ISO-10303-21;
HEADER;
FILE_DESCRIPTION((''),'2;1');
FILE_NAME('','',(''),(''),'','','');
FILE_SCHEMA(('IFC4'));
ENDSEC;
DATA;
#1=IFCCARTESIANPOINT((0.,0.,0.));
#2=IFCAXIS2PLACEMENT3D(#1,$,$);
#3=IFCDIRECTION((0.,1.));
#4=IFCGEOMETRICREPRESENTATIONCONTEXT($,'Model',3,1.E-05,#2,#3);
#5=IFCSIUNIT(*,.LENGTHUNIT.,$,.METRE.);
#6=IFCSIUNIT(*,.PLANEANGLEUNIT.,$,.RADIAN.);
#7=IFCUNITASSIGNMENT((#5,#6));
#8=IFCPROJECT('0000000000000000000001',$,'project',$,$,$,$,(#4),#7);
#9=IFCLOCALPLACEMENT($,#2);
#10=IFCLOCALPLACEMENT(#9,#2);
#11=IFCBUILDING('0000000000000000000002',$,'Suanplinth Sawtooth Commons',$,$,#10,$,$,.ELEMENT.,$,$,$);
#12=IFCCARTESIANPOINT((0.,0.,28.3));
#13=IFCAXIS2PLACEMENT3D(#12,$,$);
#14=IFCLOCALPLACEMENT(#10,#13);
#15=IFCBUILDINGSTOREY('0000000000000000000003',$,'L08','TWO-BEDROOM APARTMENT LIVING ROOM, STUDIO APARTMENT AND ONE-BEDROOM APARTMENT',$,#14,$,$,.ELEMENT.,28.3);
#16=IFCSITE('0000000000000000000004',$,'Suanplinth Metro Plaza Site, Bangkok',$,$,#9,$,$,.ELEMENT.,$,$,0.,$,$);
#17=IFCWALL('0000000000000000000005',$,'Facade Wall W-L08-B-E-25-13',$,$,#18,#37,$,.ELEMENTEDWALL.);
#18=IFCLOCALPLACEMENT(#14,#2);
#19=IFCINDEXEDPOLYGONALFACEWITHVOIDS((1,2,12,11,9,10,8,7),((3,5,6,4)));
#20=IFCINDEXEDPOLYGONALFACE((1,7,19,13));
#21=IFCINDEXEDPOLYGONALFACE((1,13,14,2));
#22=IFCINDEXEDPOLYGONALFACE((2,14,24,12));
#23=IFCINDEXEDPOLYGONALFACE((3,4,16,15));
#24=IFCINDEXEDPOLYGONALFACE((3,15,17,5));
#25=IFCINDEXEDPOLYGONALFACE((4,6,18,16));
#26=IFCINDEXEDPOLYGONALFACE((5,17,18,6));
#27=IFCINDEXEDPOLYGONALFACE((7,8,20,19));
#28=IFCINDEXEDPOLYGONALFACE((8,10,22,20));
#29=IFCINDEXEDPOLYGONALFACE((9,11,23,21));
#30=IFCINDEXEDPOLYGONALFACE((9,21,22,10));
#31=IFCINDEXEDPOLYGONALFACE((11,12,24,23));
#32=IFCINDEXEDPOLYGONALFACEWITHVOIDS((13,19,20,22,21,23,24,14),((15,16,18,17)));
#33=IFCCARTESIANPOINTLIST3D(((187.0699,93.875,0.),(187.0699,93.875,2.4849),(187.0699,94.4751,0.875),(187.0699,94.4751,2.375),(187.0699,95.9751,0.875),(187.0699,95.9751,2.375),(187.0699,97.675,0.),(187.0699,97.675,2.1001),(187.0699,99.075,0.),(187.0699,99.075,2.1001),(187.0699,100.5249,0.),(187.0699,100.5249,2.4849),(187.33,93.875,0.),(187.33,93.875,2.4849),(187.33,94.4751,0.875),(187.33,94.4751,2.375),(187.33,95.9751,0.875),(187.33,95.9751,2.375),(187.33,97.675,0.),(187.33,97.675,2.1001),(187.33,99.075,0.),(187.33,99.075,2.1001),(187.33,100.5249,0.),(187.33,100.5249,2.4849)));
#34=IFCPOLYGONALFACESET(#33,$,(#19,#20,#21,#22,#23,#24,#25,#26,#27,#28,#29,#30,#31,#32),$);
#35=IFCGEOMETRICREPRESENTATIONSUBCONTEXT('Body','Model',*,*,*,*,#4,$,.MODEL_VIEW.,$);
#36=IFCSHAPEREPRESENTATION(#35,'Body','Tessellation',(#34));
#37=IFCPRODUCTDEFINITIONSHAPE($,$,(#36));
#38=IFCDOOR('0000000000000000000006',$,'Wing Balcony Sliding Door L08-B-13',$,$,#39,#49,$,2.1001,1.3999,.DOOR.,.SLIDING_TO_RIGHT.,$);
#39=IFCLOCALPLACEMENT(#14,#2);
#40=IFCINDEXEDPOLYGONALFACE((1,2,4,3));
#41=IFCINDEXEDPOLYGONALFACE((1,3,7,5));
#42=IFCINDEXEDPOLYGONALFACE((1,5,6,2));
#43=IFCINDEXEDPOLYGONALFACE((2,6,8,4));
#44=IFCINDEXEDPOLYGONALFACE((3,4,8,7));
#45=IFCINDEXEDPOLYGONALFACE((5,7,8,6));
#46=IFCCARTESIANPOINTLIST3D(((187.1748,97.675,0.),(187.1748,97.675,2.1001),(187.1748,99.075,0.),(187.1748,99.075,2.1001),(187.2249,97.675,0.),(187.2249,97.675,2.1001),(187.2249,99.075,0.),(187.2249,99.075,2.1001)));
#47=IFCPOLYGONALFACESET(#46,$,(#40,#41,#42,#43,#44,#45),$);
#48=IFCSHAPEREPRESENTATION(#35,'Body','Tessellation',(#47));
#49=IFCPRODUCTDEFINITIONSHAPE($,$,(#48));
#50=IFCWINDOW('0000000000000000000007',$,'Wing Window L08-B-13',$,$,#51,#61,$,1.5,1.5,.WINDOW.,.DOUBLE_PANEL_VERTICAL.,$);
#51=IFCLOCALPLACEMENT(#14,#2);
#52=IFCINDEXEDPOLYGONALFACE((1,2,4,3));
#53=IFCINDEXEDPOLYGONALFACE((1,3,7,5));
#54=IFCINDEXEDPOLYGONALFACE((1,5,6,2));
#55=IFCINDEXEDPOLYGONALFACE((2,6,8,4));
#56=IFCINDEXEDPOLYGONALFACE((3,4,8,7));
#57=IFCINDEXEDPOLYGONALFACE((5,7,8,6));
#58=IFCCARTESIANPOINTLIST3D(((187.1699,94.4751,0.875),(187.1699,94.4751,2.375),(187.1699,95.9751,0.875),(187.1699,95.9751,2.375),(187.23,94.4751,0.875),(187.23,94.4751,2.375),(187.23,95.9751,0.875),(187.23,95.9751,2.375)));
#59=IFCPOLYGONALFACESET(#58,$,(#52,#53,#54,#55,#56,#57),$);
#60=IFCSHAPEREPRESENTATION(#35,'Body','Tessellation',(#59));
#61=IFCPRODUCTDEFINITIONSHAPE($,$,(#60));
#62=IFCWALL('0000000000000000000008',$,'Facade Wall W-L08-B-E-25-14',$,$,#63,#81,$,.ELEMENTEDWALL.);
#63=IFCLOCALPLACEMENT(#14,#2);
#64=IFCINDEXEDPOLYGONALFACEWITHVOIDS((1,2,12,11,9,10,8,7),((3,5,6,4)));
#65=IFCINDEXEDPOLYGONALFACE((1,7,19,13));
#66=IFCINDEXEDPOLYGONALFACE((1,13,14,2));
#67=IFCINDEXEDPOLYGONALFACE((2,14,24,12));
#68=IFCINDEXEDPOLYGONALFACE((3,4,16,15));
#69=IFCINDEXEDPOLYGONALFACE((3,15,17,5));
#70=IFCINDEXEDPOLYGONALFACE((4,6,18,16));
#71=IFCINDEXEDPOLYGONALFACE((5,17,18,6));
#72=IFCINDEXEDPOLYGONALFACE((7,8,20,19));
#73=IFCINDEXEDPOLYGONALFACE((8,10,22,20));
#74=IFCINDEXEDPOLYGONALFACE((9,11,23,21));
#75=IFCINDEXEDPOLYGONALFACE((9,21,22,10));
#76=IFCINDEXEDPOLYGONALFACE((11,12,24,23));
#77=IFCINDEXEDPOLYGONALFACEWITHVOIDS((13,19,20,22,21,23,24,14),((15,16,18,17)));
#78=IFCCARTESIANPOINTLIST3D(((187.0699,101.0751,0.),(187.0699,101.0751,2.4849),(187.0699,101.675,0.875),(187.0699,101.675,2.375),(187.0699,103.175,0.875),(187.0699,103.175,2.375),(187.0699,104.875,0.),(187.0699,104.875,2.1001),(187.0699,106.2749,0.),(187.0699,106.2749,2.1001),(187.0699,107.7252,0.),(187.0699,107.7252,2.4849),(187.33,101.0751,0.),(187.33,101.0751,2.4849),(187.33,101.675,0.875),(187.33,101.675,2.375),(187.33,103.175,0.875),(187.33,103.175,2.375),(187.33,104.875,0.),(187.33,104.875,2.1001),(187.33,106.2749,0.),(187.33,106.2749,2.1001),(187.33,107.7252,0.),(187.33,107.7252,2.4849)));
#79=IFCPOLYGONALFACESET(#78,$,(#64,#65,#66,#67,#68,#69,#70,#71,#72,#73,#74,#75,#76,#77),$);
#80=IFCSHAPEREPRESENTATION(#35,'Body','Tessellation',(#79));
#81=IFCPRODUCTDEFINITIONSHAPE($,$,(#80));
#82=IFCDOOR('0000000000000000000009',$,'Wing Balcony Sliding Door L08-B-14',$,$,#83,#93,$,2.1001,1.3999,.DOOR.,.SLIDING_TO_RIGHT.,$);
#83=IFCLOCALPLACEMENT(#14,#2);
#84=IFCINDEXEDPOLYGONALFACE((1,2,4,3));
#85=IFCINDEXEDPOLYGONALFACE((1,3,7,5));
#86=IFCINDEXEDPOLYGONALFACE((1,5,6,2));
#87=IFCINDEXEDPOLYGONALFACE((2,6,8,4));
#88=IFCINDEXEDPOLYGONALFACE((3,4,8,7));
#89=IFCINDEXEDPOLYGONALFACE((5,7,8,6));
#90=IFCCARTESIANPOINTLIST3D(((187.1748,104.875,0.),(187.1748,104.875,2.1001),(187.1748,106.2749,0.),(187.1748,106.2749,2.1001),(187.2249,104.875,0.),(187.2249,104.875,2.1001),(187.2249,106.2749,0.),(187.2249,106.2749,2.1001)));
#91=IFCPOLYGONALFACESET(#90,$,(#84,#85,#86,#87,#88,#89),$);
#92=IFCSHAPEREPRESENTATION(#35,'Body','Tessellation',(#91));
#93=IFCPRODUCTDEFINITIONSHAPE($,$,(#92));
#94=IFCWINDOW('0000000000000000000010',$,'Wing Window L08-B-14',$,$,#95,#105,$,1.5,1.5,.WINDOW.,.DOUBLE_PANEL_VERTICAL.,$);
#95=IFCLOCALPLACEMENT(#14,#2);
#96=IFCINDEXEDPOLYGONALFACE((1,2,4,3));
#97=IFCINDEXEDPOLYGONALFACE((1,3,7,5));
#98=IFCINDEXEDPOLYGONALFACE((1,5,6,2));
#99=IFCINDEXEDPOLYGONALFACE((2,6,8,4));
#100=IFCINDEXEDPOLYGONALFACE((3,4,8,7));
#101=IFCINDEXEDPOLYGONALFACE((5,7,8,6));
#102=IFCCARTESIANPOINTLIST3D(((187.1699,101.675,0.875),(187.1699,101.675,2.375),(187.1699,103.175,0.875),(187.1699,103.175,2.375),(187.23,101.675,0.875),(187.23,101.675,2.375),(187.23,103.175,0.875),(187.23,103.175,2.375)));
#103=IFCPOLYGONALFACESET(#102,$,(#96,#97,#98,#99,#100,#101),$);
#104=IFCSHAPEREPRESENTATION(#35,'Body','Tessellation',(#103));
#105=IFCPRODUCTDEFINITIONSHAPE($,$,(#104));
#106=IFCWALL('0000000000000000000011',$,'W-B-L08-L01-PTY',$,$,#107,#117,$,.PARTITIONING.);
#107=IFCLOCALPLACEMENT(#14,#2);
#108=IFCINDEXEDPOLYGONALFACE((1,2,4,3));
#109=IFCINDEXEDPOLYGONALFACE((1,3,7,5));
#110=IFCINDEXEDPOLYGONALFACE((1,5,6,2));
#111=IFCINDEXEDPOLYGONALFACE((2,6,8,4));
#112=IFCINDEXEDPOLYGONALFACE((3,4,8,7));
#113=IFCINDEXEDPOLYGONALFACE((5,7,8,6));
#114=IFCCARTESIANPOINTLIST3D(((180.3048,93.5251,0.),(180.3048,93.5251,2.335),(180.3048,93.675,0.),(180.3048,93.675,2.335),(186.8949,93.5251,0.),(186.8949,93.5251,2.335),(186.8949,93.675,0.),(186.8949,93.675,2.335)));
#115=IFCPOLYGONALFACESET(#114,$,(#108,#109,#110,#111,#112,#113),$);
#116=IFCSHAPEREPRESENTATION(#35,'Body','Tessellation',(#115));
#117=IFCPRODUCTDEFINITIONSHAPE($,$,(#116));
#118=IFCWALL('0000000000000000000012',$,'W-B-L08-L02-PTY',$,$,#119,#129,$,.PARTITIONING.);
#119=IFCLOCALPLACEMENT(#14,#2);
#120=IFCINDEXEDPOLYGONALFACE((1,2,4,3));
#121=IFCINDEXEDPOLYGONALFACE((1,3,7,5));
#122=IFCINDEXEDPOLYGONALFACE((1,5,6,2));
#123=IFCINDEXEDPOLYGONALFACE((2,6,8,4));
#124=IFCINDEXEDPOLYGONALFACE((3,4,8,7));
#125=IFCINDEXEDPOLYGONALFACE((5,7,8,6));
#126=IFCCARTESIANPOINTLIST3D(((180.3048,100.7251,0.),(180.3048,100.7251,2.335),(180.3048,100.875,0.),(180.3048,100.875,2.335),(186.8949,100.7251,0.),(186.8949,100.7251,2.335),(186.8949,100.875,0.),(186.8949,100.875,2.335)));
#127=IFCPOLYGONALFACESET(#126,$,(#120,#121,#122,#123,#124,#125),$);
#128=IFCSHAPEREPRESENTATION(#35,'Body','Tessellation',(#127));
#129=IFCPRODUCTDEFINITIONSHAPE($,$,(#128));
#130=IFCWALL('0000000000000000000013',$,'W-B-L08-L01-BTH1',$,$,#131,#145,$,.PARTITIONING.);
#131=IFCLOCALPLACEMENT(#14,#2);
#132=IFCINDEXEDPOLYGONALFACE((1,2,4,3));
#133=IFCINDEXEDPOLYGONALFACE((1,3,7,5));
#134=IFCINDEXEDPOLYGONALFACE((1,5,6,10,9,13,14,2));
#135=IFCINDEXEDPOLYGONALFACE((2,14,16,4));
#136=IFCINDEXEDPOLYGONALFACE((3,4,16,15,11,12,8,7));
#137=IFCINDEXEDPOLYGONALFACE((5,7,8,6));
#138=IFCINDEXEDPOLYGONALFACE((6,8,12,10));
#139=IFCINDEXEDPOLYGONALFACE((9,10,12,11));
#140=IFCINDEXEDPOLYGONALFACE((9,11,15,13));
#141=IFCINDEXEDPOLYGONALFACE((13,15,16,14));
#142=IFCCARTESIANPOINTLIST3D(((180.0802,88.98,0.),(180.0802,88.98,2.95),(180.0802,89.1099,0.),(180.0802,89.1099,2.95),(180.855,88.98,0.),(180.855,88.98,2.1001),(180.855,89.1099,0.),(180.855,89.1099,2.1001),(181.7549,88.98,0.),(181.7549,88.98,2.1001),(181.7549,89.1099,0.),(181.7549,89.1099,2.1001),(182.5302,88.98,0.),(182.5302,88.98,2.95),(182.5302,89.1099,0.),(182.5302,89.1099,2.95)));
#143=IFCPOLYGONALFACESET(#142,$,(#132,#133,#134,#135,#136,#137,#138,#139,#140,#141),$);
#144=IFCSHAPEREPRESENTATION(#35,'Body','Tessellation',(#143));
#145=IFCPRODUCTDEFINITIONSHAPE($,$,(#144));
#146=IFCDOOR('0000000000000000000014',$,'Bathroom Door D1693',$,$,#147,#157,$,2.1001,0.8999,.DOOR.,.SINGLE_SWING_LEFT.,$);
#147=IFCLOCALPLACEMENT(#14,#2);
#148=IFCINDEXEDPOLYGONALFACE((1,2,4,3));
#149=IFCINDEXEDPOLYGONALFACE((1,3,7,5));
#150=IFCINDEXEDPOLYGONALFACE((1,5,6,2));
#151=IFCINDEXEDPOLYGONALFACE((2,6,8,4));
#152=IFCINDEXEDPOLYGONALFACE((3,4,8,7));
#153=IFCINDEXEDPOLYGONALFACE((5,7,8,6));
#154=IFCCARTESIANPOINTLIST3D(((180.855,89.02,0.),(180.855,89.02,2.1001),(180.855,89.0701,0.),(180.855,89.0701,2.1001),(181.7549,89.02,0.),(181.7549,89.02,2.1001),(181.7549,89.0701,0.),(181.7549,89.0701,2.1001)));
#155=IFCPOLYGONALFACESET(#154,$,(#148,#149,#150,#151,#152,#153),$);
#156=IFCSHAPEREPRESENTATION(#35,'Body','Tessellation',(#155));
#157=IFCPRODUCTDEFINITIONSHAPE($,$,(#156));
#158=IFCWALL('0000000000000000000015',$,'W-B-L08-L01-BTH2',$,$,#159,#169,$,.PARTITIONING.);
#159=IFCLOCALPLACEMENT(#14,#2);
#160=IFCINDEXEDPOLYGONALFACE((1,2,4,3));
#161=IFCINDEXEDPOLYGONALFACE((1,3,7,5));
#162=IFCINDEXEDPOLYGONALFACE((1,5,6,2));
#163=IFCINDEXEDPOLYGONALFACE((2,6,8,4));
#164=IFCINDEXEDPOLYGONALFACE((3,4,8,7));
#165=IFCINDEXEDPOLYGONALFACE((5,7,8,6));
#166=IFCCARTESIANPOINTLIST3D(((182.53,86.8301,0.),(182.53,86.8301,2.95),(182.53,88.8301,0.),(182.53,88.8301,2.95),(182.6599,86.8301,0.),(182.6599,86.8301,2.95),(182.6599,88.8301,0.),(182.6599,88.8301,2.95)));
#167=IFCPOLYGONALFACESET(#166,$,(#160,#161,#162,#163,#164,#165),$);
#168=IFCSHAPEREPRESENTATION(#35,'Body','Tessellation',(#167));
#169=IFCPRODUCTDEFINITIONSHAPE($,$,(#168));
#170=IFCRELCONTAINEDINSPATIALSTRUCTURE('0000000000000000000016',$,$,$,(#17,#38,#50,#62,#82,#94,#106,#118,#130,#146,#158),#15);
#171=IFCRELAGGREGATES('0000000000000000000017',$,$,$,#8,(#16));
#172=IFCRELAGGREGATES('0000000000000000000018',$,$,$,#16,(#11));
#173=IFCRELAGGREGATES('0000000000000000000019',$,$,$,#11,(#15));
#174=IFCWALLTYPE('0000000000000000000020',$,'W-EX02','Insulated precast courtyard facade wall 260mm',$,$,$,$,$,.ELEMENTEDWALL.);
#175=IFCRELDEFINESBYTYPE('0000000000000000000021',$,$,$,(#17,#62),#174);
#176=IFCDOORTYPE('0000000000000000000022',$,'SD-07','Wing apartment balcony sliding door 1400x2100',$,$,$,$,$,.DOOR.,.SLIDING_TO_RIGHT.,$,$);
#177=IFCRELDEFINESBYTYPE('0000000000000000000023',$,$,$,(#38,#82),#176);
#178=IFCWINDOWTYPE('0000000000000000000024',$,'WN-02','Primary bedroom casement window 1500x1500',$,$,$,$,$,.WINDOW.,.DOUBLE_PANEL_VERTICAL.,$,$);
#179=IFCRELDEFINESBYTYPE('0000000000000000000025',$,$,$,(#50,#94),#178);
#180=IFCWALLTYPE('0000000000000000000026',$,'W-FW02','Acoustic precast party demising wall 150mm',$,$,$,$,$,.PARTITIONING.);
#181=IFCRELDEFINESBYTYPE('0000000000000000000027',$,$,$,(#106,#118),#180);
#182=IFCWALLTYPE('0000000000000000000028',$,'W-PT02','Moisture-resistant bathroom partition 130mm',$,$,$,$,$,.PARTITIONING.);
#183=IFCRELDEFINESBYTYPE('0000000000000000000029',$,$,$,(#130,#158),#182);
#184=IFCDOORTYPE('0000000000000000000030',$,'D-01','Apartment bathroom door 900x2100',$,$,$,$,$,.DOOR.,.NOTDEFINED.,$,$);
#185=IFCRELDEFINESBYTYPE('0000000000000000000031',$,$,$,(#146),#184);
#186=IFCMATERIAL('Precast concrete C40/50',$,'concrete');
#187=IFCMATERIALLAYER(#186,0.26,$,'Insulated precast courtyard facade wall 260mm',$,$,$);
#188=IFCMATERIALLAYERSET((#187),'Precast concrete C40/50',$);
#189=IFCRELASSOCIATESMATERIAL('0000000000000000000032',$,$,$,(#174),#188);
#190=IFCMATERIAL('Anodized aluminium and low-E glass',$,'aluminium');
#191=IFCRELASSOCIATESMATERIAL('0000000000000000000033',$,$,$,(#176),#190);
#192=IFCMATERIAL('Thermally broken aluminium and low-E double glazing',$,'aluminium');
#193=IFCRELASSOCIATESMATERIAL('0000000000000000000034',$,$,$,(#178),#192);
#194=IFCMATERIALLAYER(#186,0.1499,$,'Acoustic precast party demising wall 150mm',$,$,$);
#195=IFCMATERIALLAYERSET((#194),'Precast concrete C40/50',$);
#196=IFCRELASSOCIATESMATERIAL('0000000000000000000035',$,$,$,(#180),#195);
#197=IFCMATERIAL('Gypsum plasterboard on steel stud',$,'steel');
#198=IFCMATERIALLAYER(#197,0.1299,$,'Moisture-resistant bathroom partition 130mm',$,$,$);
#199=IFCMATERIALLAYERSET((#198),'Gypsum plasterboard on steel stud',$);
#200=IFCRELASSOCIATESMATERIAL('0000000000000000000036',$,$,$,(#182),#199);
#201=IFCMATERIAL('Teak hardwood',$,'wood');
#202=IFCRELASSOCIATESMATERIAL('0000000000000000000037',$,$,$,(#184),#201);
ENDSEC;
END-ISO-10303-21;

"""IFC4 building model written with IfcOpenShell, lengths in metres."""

from ifc_helpers import new_model, si_unit, direction, frame, frame_2d, origin, place, context, subcontext, project, spatial, rectangle, extrude, material, layer, layer_set, type_object, element, fill, save


model = new_model("IFC4")

# Units and contexts
model_context = context("Model", 3, precision=1e-05, world=origin(), true_north=direction((0.0, 1.0)))
body_context = subcontext(model_context, "Body", "Model", "MODEL_VIEW")
ifc_project = project(units=[si_unit("LENGTHUNIT", "METRE"), si_unit("PLANEANGLEUNIT", "RADIAN")], contexts=[model_context])

# Site, building, storey
site_placement = place(None, origin())
site = spatial("IfcSite", under=ifc_project, at=site_placement, Name="Suanplinth Metro Plaza Site, Bangkok", CompositionType="ELEMENT", RefElevation=0.0)
building_placement = place(site_placement, origin())
building = spatial("IfcBuilding", under=site, at=building_placement, Name="Suanplinth Sawtooth Commons", CompositionType="ELEMENT")
storey_placement = place(building_placement, frame((0.0, 0.0, 28.3)))
storey = spatial("IfcBuildingStorey", under=building, at=storey_placement, Name="L08", Description="TWO-BEDROOM APARTMENT LIVING ROOM, STUDIO APARTMENT AND ONE-BEDROOM APARTMENT", CompositionType="ELEMENT", Elevation=28.3)

# Shared definitions
ifc_material_1 = material(Name="Precast concrete C40/50", Category="concrete")

# Walls, openings, doors, windows
ifc_layer_1 = layer(ifc_material_1, 0.26, Name="Insulated precast courtyard facade wall 260mm")
ifc_layer_set_1 = layer_set([ifc_layer_1], Name="Precast concrete C40/50")
wall_type_1 = type_object("IfcWallType", Name="W-EX02", Description="Insulated precast courtyard facade wall 260mm", PredefinedType="ELEMENTEDWALL", material=ifc_layer_set_1)
wall_1_placement = place(storey_placement, frame((187.2, 93.875, 0.0), z_axis=(0.0, 0.0, 1.0), x_axis=(0.0, 1.0, 0.0)))
wall_1 = element("IfcWall", 1, at=wall_1_placement, inside=storey, type_object=wall_type_1, Name="Facade Wall W-L08-B-E-25-13", PredefinedType="ELEMENTEDWALL", context=body_context, shape_type="SweptSolid", body=[
    extrude(rectangle(XDim=6.6499, YDim=0.26, at=frame_2d((3.325, 0.0))), origin(), (0.0, 0.0, 1.0), 2.4849),
])
opening_1_placement = place(wall_1_placement, frame((3.8, 0.0, 0.0)))
opening_1 = element("IfcOpeningElement", 2, at=opening_1_placement, cuts=wall_1, PredefinedType="OPENING", context=body_context, shape_type="SweptSolid", body=[
    extrude(rectangle(XDim=1.3999, YDim=2.1001, at=frame_2d((0.7, 1.05))), frame((0.0, 0.145, 0.0), z_axis=(0.0, -1.0, 0.0), x_axis=(1.0, 0.0, 0.0)), (0.0, 0.0, 1.0), 0.2898),
])
opening_2_placement = place(wall_1_placement, frame((0.6001, 0.0, 0.875)))
opening_2 = element("IfcOpeningElement", 3, at=opening_2_placement, cuts=wall_1, PredefinedType="OPENING", context=body_context, shape_type="SweptSolid", body=[
    extrude(rectangle(XDim=1.5, YDim=1.5, at=frame_2d((0.75, 0.75))), frame((0.0, 0.145, 0.0), z_axis=(0.0, -1.0, 0.0), x_axis=(1.0, 0.0, 0.0)), (0.0, 0.0, 1.0), 0.2898),
])
ifc_material_2 = material(Name="Anodized aluminium and low-E glass", Category="aluminium")
door_type_1 = type_object("IfcDoorType", Name="SD-07", Description="Wing apartment balcony sliding door 1400x2100", OperationType="SLIDING_TO_RIGHT", PredefinedType="DOOR", material=ifc_material_2)
door_1_placement = place(opening_1_placement, frame((1.3999, 0.0, 0.0), z_axis=(0.0, 0.0, 1.0), x_axis=(-1.0, 0.0, 0.0)))
door_1 = element("IfcDoor", 4, at=door_1_placement, inside=storey, type_object=door_type_1, Name="Wing Balcony Sliding Door L08-B-13", OperationType="SLIDING_TO_RIGHT", OverallHeight=2.1001, OverallWidth=1.3999, PredefinedType="DOOR", context=body_context, shape_type="SweptSolid", body=[
    extrude(rectangle(XDim=1.3999, YDim=2.1001, at=frame_2d((0.7, 1.05))), frame((0.0, 0.0249, 0.0), z_axis=(0.0, -1.0, 0.0), x_axis=(1.0, 0.0, 0.0)), (0.0, 0.0, 1.0), 0.05),
])
fill(opening_1, door_1)
ifc_material_3 = material(Name="Thermally broken aluminium and low-E double glazing", Category="aluminium")
window_type = type_object("IfcWindowType", Name="WN-02", Description="Primary bedroom casement window 1500x1500", PartitioningType="DOUBLE_PANEL_VERTICAL", PredefinedType="WINDOW", material=ifc_material_3)
window_1_placement = place(opening_2_placement, origin())
window_1 = element("IfcWindow", 5, at=window_1_placement, inside=storey, type_object=window_type, Name="Wing Window L08-B-13", OverallHeight=1.5, OverallWidth=1.5, PartitioningType="DOUBLE_PANEL_VERTICAL", PredefinedType="WINDOW", context=body_context, shape_type="SweptSolid", body=[
    extrude(rectangle(XDim=1.5, YDim=1.5, at=frame_2d((0.75, 0.75))), frame((0.0, 0.03, 0.0), z_axis=(0.0, -1.0, 0.0), x_axis=(1.0, 0.0, 0.0)), (0.0, 0.0, 1.0), 0.0601),
])
fill(opening_2, window_1)
wall_2_placement = place(storey_placement, frame((187.2, 101.075, 0.0), z_axis=(0.0, 0.0, 1.0), x_axis=(0.0, 1.0, 0.0)))
wall_2 = element("IfcWall", 6, at=wall_2_placement, inside=storey, type_object=wall_type_1, Name="Facade Wall W-L08-B-E-25-14", PredefinedType="ELEMENTEDWALL", context=body_context, shape_type="SweptSolid", body=[
    extrude(rectangle(XDim=6.6501, YDim=0.26, at=frame_2d((3.3252, 0.0))), origin(), (0.0, 0.0, 1.0), 2.4849),
])
opening_3_placement = place(wall_2_placement, frame((3.8, 0.0, 0.0)))
opening_3 = element("IfcOpeningElement", 7, at=opening_3_placement, cuts=wall_2, PredefinedType="OPENING", context=body_context, shape_type="SweptSolid", body=[
    extrude(rectangle(XDim=1.3999, YDim=2.1001, at=frame_2d((0.7, 1.05))), frame((0.0, 0.145, 0.0), z_axis=(0.0, -1.0, 0.0), x_axis=(1.0, 0.0, 0.0)), (0.0, 0.0, 1.0), 0.2898),
])
opening_4_placement = place(wall_2_placement, frame((0.6001, 0.0, 0.875)))
opening_4 = element("IfcOpeningElement", 8, at=opening_4_placement, cuts=wall_2, PredefinedType="OPENING", context=body_context, shape_type="SweptSolid", body=[
    extrude(rectangle(XDim=1.5, YDim=1.5, at=frame_2d((0.75, 0.75))), frame((0.0, 0.145, 0.0), z_axis=(0.0, -1.0, 0.0), x_axis=(1.0, 0.0, 0.0)), (0.0, 0.0, 1.0), 0.2898),
])
door_2_placement = place(opening_3_placement, frame((1.3999, 0.0, 0.0), z_axis=(0.0, 0.0, 1.0), x_axis=(-1.0, 0.0, 0.0)))
door_2 = element("IfcDoor", 9, at=door_2_placement, inside=storey, type_object=door_type_1, Name="Wing Balcony Sliding Door L08-B-14", OperationType="SLIDING_TO_RIGHT", OverallHeight=2.1001, OverallWidth=1.3999, PredefinedType="DOOR", context=body_context, shape_type="SweptSolid", body=[
    extrude(rectangle(XDim=1.3999, YDim=2.1001, at=frame_2d((0.7, 1.05))), frame((0.0, 0.0249, 0.0), z_axis=(0.0, -1.0, 0.0), x_axis=(1.0, 0.0, 0.0)), (0.0, 0.0, 1.0), 0.05),
])
fill(opening_3, door_2)
window_2_placement = place(opening_4_placement, origin())
window_2 = element("IfcWindow", 10, at=window_2_placement, inside=storey, type_object=window_type, Name="Wing Window L08-B-14", OverallHeight=1.5, OverallWidth=1.5, PartitioningType="DOUBLE_PANEL_VERTICAL", PredefinedType="WINDOW", context=body_context, shape_type="SweptSolid", body=[
    extrude(rectangle(XDim=1.5, YDim=1.5, at=frame_2d((0.75, 0.75))), frame((0.0, 0.03, 0.0), z_axis=(0.0, -1.0, 0.0), x_axis=(1.0, 0.0, 0.0)), (0.0, 0.0, 1.0), 0.0601),
])
fill(opening_4, window_2)

# Walls
ifc_layer_2 = layer(ifc_material_1, 0.1499, Name="Acoustic precast party demising wall 150mm")
ifc_layer_set_2 = layer_set([ifc_layer_2], Name="Precast concrete C40/50")
wall_type_2 = type_object("IfcWallType", Name="W-FW02", Description="Acoustic precast party demising wall 150mm", PredefinedType="PARTITIONING", material=ifc_layer_set_2)
for number, where, z_axis, x_axis, name in (
    (11, (180.3049, 93.6001, 0.0), (0.0, 0.0, 1.0), (1.0, 0.0, 0.0), "W-B-L08-L01-PTY"),
    (12, (180.3049, 100.8, 0.0), (0.0, 0.0, 1.0), (1.0, 0.0, 0.0), "W-B-L08-L02-PTY"),
):
    element("IfcWall", number, at=place(storey_placement, frame(where, z_axis=z_axis, x_axis=x_axis)), inside=storey, type_object=wall_type_2, Name=name, PredefinedType="PARTITIONING", context=body_context, shape_type="SweptSolid", body=[
        extrude(rectangle(XDim=6.5901, YDim=0.1499, at=frame_2d((3.2949, 0.0))), origin(), (0.0, 0.0, 1.0), 2.335),
    ])

# Wall, opening, door
ifc_material_4 = material(Name="Gypsum plasterboard on steel stud", Category="steel")
ifc_layer_3 = layer(ifc_material_4, 0.1299, Name="Moisture-resistant bathroom partition 130mm")
ifc_layer_set_3 = layer_set([ifc_layer_3], Name="Gypsum plasterboard on steel stud")
wall_type_3 = type_object("IfcWallType", Name="W-PT02", Description="Moisture-resistant bathroom partition 130mm", PredefinedType="PARTITIONING", material=ifc_layer_set_3)
wall_3_placement = place(storey_placement, frame((180.0801, 89.0449, 0.0), z_axis=(0.0, 0.0, 1.0), x_axis=(1.0, 0.0, 0.0)))
wall_3 = element("IfcWall", 13, at=wall_3_placement, inside=storey, type_object=wall_type_3, Name="W-B-L08-L01-BTH1", PredefinedType="PARTITIONING", context=body_context, shape_type="SweptSolid", body=[
    extrude(rectangle(XDim=2.45, YDim=0.1299, at=frame_2d((1.2251, 0.0))), origin(), (0.0, 0.0, 1.0), 2.95),
])
opening_5_placement = place(wall_3_placement, frame((0.7749, 0.0, 0.0)))
opening_5 = element("IfcOpeningElement", 14, at=opening_5_placement, cuts=wall_3, PredefinedType="OPENING", context=body_context, shape_type="SweptSolid", body=[
    extrude(rectangle(XDim=0.8999, YDim=2.1001, at=frame_2d((0.45, 1.05))), frame((0.0, 0.0798, 0.0), z_axis=(0.0, -1.0, 0.0), x_axis=(1.0, 0.0, 0.0)), (0.0, 0.0, 1.0), 0.1597),
])
ifc_material_5 = material(Name="Teak hardwood", Category="wood")
door_type_2 = type_object("IfcDoorType", Name="D-01", Description="Apartment bathroom door 900x2100", OperationType="NOTDEFINED", PredefinedType="DOOR", material=ifc_material_5)
door_3_placement = place(opening_5_placement, frame((0.8999, 0.0, 0.0), z_axis=(0.0, 0.0, 1.0), x_axis=(-1.0, 0.0, 0.0)))
door_3 = element("IfcDoor", 15, at=door_3_placement, inside=storey, type_object=door_type_2, Name="Bathroom Door D1693", OperationType="SINGLE_SWING_LEFT", OverallHeight=2.1001, OverallWidth=0.8999, PredefinedType="DOOR", context=body_context, shape_type="SweptSolid", body=[
    extrude(rectangle(XDim=0.8999, YDim=2.1001, at=frame_2d((0.45, 1.05))), frame((0.0, 0.0249, 0.0), z_axis=(0.0, -1.0, 0.0), x_axis=(1.0, 0.0, 0.0)), (0.0, 0.0, 1.0), 0.05),
])
fill(opening_5, door_3)

# Wall
wall_4_placement = place(storey_placement, frame((182.595, 86.8301, 0.0), z_axis=(0.0, 0.0, 1.0), x_axis=(0.0, 1.0, 0.0)))
element("IfcWall", 16, at=wall_4_placement, inside=storey, type_object=wall_type_3, Name="W-B-L08-L01-BTH2", PredefinedType="PARTITIONING", context=body_context, shape_type="SweptSolid", body=[
    extrude(rectangle(XDim=2.0, YDim=0.1299, at=frame_2d((1.0, 0.0))), origin(), (0.0, 0.0, 1.0), 2.95),
])

save(model, "model.ifc")
